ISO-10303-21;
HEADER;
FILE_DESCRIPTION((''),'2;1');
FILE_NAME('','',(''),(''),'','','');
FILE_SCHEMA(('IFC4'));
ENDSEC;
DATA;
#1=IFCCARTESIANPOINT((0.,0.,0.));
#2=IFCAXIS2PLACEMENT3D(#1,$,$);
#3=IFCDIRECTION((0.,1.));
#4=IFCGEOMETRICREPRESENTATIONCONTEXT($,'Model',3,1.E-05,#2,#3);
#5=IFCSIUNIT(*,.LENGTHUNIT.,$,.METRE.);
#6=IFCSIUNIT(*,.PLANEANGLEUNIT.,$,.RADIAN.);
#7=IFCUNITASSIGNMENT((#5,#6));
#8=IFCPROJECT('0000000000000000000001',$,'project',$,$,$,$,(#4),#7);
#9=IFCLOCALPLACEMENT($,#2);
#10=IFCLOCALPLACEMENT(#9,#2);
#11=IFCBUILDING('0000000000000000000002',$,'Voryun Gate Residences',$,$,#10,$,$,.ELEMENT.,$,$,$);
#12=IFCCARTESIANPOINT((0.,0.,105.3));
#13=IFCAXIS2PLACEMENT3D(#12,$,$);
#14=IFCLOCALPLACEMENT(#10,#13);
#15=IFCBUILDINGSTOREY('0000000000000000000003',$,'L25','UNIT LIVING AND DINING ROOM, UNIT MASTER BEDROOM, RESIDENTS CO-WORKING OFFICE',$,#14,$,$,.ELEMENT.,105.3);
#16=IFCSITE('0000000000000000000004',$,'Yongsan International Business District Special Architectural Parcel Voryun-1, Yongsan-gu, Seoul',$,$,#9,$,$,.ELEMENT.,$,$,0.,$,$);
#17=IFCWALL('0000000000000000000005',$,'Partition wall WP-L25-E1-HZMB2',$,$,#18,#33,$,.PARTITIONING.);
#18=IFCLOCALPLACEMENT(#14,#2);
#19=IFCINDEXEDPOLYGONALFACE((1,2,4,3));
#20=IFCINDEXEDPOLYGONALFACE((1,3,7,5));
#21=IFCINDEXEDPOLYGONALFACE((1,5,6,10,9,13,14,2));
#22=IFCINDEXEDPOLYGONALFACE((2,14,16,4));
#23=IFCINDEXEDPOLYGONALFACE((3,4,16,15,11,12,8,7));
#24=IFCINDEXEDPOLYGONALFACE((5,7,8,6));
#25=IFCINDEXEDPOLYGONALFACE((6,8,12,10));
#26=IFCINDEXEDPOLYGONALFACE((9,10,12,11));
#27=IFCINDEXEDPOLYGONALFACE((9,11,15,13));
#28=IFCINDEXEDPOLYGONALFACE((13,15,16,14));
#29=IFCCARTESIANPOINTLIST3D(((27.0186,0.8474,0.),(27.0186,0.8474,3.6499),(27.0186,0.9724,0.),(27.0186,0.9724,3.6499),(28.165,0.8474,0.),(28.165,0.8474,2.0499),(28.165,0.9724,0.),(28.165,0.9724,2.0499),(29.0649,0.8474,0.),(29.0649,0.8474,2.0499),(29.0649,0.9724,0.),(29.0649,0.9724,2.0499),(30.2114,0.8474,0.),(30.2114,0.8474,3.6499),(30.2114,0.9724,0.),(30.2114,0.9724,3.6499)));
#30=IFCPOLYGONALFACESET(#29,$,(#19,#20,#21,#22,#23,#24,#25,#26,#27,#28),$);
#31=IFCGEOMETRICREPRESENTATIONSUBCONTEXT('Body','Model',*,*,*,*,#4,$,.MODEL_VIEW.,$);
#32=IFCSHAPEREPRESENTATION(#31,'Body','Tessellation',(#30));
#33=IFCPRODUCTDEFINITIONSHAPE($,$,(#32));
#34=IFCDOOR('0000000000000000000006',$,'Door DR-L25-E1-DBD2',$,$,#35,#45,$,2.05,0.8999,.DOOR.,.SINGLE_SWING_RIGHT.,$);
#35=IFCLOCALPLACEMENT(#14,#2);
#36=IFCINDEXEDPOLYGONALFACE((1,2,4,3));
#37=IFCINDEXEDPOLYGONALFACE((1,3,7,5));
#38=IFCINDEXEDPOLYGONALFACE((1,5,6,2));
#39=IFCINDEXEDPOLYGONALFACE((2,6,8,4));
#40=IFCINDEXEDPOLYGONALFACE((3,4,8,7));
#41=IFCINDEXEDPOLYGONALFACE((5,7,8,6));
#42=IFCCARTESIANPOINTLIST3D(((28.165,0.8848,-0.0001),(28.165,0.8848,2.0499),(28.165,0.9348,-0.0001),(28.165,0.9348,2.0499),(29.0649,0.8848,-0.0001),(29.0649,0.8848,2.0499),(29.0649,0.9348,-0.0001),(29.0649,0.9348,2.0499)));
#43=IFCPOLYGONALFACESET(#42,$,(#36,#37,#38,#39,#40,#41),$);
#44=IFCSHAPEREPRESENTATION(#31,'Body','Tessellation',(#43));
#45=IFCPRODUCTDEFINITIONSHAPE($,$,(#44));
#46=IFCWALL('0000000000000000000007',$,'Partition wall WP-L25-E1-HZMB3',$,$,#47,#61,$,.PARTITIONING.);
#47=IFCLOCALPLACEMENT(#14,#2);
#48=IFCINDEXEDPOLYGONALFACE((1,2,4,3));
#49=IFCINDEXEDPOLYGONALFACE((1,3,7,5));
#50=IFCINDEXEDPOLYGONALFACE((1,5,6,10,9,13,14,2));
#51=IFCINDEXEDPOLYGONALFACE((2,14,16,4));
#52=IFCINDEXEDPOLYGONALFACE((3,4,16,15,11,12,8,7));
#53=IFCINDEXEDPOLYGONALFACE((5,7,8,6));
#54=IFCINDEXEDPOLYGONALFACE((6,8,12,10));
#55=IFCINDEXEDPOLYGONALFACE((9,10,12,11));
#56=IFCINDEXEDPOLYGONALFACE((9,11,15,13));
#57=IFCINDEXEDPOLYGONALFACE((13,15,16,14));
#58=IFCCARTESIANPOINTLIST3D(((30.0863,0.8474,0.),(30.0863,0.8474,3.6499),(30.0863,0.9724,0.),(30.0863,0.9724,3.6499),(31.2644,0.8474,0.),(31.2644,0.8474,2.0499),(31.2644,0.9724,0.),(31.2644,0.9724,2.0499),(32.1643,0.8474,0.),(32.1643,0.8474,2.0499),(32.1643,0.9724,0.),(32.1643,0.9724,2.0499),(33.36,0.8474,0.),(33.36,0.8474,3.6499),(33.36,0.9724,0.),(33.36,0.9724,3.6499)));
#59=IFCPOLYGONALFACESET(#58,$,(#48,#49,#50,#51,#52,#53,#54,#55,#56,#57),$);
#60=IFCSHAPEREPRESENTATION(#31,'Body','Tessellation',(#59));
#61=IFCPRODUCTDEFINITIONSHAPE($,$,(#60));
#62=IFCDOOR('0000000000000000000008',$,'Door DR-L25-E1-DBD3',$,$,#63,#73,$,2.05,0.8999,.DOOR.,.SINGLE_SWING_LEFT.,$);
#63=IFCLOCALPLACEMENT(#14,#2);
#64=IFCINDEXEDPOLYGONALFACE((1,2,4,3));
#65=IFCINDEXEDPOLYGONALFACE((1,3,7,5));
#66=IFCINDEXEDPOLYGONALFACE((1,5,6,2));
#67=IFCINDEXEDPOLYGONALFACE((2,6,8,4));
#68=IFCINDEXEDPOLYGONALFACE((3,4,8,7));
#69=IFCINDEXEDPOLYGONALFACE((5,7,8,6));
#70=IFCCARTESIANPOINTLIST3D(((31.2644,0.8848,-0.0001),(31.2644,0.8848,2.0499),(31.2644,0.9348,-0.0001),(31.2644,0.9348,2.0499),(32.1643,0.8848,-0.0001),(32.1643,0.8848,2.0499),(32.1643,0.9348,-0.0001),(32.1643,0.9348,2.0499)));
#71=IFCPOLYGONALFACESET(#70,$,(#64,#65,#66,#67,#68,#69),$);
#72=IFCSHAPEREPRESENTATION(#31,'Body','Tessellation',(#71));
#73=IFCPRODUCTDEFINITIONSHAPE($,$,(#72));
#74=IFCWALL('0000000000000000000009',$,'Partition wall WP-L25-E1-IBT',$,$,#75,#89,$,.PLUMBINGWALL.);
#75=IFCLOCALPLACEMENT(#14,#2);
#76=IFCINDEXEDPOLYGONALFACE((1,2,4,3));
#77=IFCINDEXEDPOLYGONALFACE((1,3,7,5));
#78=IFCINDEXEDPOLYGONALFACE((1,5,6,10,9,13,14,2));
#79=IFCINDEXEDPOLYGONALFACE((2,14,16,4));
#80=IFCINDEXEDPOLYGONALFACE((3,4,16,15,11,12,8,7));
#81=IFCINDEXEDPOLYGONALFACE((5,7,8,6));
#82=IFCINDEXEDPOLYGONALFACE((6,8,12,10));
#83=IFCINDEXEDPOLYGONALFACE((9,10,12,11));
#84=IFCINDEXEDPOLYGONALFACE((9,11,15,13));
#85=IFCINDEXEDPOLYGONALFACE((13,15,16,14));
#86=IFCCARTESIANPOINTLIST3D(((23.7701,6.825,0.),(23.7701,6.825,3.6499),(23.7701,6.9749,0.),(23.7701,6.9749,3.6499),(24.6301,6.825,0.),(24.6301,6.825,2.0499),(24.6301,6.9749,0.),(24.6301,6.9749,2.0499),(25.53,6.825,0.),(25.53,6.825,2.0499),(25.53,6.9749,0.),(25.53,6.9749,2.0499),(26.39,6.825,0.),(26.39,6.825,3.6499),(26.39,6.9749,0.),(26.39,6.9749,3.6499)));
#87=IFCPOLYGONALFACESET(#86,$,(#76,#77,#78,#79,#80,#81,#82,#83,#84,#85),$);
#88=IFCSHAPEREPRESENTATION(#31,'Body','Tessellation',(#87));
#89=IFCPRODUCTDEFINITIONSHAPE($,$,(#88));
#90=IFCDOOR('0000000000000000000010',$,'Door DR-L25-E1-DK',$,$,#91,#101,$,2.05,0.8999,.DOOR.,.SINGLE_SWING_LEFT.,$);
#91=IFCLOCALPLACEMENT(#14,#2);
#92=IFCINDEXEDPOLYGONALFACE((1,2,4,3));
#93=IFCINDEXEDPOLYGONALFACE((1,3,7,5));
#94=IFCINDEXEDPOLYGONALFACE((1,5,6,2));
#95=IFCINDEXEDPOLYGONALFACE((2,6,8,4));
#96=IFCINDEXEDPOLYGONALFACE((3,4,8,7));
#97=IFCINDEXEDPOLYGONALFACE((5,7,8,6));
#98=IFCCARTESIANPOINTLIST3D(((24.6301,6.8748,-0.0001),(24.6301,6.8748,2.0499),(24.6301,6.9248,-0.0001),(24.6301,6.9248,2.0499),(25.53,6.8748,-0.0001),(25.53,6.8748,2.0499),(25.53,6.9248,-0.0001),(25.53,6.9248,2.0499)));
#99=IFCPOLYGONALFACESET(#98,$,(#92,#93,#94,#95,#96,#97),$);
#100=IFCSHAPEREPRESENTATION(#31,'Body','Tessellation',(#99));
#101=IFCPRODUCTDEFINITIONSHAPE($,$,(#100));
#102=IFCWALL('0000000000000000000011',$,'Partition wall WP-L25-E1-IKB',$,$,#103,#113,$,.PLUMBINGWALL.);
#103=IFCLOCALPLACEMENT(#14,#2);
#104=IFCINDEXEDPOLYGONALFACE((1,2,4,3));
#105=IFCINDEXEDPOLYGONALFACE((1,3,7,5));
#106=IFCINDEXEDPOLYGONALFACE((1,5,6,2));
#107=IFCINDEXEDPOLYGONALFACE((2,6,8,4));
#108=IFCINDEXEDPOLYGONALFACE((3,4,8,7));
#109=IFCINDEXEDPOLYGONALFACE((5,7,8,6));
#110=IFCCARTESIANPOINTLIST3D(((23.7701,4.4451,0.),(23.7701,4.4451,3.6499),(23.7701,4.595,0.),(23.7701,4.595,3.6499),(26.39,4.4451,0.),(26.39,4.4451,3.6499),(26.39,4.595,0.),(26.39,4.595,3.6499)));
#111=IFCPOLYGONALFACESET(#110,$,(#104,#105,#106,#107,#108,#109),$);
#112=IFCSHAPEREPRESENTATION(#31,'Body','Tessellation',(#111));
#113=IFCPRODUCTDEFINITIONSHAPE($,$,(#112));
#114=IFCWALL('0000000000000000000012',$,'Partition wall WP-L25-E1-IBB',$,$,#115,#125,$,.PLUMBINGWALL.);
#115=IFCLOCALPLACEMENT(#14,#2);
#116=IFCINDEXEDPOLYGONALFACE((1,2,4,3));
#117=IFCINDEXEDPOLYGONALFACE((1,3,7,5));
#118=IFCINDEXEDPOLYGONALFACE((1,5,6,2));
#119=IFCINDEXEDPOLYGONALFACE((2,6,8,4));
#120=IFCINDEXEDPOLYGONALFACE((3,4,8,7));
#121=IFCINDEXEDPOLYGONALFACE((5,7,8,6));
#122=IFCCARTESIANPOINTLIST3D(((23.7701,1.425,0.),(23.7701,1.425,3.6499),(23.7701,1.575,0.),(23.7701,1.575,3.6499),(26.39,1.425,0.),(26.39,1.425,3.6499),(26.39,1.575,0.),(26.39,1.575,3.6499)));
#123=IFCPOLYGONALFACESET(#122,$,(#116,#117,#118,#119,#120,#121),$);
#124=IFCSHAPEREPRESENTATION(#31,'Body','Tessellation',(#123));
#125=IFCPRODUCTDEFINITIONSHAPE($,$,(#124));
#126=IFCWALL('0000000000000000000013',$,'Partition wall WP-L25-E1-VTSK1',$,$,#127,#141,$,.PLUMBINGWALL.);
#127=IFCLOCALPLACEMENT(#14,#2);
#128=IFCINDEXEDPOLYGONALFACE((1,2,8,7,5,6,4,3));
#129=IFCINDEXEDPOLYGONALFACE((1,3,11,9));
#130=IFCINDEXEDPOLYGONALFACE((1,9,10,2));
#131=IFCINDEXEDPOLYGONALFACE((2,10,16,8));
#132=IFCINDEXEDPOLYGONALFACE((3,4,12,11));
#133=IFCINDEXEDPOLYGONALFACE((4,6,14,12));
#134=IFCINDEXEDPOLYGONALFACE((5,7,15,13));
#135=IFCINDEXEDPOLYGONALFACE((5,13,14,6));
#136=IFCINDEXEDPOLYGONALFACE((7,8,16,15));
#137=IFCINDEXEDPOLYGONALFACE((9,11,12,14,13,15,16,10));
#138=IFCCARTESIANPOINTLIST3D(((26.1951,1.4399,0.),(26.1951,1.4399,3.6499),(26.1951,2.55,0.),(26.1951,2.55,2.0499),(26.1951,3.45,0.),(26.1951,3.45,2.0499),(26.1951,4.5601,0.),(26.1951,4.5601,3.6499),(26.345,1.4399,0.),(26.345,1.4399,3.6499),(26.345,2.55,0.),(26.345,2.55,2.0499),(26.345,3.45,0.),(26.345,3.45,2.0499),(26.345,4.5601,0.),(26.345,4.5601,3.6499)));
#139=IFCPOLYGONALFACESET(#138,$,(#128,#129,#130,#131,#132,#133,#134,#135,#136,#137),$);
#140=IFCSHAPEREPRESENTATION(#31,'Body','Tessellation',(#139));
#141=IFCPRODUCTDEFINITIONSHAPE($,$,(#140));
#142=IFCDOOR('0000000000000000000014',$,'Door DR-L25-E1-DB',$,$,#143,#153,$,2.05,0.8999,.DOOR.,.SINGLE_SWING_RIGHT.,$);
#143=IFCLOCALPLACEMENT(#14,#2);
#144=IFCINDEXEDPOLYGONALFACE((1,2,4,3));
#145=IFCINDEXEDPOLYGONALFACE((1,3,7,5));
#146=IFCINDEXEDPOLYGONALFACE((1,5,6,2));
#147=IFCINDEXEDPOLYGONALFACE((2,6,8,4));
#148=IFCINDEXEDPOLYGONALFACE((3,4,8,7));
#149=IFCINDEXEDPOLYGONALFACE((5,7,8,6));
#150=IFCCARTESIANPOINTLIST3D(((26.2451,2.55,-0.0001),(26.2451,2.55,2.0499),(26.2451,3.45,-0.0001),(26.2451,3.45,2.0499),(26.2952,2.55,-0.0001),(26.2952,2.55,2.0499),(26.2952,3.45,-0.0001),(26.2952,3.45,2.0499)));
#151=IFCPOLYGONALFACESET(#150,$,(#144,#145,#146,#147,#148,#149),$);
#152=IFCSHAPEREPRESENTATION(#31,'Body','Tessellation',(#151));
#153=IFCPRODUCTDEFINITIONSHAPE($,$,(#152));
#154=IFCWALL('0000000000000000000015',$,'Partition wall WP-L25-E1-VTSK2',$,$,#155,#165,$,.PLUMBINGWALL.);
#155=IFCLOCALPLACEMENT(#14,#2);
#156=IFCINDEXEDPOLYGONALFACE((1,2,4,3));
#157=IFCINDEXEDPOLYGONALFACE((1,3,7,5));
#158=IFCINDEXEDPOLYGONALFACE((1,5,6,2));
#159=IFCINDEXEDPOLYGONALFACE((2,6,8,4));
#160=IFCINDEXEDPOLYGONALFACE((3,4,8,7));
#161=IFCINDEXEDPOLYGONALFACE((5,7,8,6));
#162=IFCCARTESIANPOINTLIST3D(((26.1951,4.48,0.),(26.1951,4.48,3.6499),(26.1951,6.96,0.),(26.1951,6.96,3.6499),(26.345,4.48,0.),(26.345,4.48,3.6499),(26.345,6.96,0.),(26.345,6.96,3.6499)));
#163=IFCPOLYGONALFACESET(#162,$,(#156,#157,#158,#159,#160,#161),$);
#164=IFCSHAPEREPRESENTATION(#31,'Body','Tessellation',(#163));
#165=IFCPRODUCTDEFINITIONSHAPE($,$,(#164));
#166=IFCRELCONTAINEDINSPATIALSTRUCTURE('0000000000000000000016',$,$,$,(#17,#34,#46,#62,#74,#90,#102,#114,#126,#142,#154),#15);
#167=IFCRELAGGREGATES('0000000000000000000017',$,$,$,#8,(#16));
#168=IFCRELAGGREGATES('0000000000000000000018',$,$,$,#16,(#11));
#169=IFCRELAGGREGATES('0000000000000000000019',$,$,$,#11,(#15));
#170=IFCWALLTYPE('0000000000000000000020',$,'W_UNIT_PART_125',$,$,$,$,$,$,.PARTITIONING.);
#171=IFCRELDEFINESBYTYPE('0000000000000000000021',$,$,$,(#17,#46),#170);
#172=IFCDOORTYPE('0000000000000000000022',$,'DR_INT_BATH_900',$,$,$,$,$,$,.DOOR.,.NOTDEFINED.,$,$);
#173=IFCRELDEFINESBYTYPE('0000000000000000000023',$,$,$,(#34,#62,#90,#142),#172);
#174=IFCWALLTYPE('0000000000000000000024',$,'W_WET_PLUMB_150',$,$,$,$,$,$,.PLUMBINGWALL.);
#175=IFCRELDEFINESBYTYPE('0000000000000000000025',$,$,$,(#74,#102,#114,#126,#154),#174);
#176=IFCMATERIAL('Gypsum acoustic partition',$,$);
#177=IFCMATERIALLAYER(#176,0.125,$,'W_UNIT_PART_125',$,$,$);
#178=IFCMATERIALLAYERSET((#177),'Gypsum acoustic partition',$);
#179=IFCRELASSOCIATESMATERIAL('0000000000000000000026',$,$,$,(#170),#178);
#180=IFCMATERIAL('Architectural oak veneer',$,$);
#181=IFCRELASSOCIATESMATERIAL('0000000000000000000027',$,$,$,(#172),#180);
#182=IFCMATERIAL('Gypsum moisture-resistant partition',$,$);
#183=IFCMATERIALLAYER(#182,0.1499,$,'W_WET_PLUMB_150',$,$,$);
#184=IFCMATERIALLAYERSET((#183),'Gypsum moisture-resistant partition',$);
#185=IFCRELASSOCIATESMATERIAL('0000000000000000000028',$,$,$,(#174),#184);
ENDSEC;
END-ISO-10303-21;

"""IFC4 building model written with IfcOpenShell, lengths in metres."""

from ifc_helpers import new_model, si_unit, direction, frame, frame_2d, origin, place, context, subcontext, project, spatial, rectangle, extrude, material, layer, layer_set, type_object, element, fill, save


model = new_model("IFC4")

# Units and contexts
model_context = context("Model", 3, precision=1e-05, world=origin(), true_north=direction((0.0, 1.0)))
body_context = subcontext(model_context, "Body", "Model", "MODEL_VIEW")
ifc_project = project(units=[si_unit("LENGTHUNIT", "METRE"), si_unit("PLANEANGLEUNIT", "RADIAN")], contexts=[model_context])

# Site, building, storey
site_placement = place(None, origin())
site = spatial("IfcSite", under=ifc_project, at=site_placement, Name="Yongsan International Business District Special Architectural Parcel Voryun-1, Yongsan-gu, Seoul", CompositionType="ELEMENT", RefElevation=0.0)
building_placement = place(site_placement, origin())
building = spatial("IfcBuilding", under=site, at=building_placement, Name="Voryun Gate Residences", CompositionType="ELEMENT")
storey_placement = place(building_placement, frame((0.0, 0.0, 105.3)))
storey = spatial("IfcBuildingStorey", under=building, at=storey_placement, Name="L25", Description="UNIT LIVING AND DINING ROOM, UNIT MASTER BEDROOM, RESIDENTS CO-WORKING OFFICE", CompositionType="ELEMENT", Elevation=105.3)

# Walls, openings, doors
ifc_material_1 = material(Name="Gypsum acoustic partition")
ifc_layer_1 = layer(ifc_material_1, 0.125, Name="W_UNIT_PART_125")
ifc_layer_set_1 = layer_set([ifc_layer_1], Name="Gypsum acoustic partition")
wall_type_1 = type_object("IfcWallType", Name="W_UNIT_PART_125", PredefinedType="PARTITIONING", material=ifc_layer_set_1)
ifc_material_2 = material(Name="Architectural oak veneer")
door_type_1 = type_object("IfcDoorType", Name="DR_INT_BATH_900", OperationType="NOTDEFINED", PredefinedType="DOOR", material=ifc_material_2)
wall_1_placement = place(storey_placement, frame((27.0186, 0.9099, 0.0), z_axis=(0.0, 0.0, 1.0), x_axis=(1.0, 0.0, 0.0)))
wall_1 = element("IfcWall", 1, at=wall_1_placement, inside=storey, type_object=wall_type_1, Name="Partition wall WP-L25-E1-HZMB2", PredefinedType="PARTITIONING", context=body_context, shape_type="SweptSolid", body=[
    extrude(rectangle(XDim=3.1929, YDim=0.125, at=frame_2d((1.5964, 0.0))), origin(), (0.0, 0.0, 1.0), 3.6499),
])
opening_1_placement = place(wall_1_placement, frame((1.1465, 0.0, 0.0)))
opening_1 = element("IfcOpeningElement", 2, at=opening_1_placement, cuts=wall_1, PredefinedType="OPENING", context=body_context, shape_type="SweptSolid", body=[
    extrude(rectangle(XDim=0.8999, YDim=2.05, at=frame_2d((0.45, 1.0249))), frame((0.0, 0.0725, 0.0), z_axis=(0.0, -1.0, 0.0), x_axis=(1.0, 0.0, 0.0)), (0.0, 0.0, 1.0), 0.145),
])
door_1_placement = place(opening_1_placement, origin())
door_1 = element("IfcDoor", 3, at=door_1_placement, inside=storey, type_object=door_type_1, Name="Door DR-L25-E1-DBD2", OperationType="SINGLE_SWING_RIGHT", OverallHeight=2.05, OverallWidth=0.8999, PredefinedType="DOOR", context=body_context, shape_type="SweptSolid", body=[
    extrude(rectangle(XDim=0.8999, YDim=2.05, at=frame_2d((0.45, 1.0249))), frame((0.0, 0.0249, 0.0), z_axis=(0.0, -1.0, 0.0), x_axis=(1.0, 0.0, 0.0)), (0.0, 0.0, 1.0), 0.05),
])
fill(opening_1, door_1)
wall_2_placement = place(storey_placement, frame((30.0864, 0.9099, 0.0), z_axis=(0.0, 0.0, 1.0), x_axis=(1.0, 0.0, 0.0)))
wall_2 = element("IfcWall", 4, at=wall_2_placement, inside=storey, type_object=wall_type_1, Name="Partition wall WP-L25-E1-HZMB3", PredefinedType="PARTITIONING", context=body_context, shape_type="SweptSolid", body=[
    extrude(rectangle(XDim=3.2737, YDim=0.125, at=frame_2d((1.6367, 0.0))), origin(), (0.0, 0.0, 1.0), 3.6499),
])
opening_2_placement = place(wall_2_placement, frame((1.178, 0.0, 0.0)))
opening_2 = element("IfcOpeningElement", 5, at=opening_2_placement, cuts=wall_2, PredefinedType="OPENING", context=body_context, shape_type="SweptSolid", body=[
    extrude(rectangle(XDim=0.8999, YDim=2.05, at=frame_2d((0.45, 1.0249))), frame((0.0, 0.0725, 0.0), z_axis=(0.0, -1.0, 0.0), x_axis=(1.0, 0.0, 0.0)), (0.0, 0.0, 1.0), 0.145),
])
door_2_placement = place(opening_2_placement, origin())
door_2 = element("IfcDoor", 6, at=door_2_placement, inside=storey, type_object=door_type_1, Name="Door DR-L25-E1-DBD3", OperationType="SINGLE_SWING_LEFT", OverallHeight=2.05, OverallWidth=0.8999, PredefinedType="DOOR", context=body_context, shape_type="SweptSolid", body=[
    extrude(rectangle(XDim=0.8999, YDim=2.05, at=frame_2d((0.45, 1.0249))), frame((0.0, 0.0249, 0.0), z_axis=(0.0, -1.0, 0.0), x_axis=(1.0, 0.0, 0.0)), (0.0, 0.0, 1.0), 0.05),
])
fill(opening_2, door_2)
ifc_material_3 = material(Name="Gypsum moisture-resistant partition")
ifc_layer_2 = layer(ifc_material_3, 0.1499, Name="W_WET_PLUMB_150")
ifc_layer_set_2 = layer_set([ifc_layer_2], Name="Gypsum moisture-resistant partition")
wall_type_2 = type_object("IfcWallType", Name="W_WET_PLUMB_150", PredefinedType="PLUMBINGWALL", material=ifc_layer_set_2)
wall_3_placement = place(storey_placement, frame((23.77, 6.8999, 0.0), z_axis=(0.0, 0.0, 1.0), x_axis=(1.0, 0.0, 0.0)))
wall_3 = element("IfcWall", 7, at=wall_3_placement, inside=storey, type_object=wall_type_2, Name="Partition wall WP-L25-E1-IBT", PredefinedType="PLUMBINGWALL", context=body_context, shape_type="SweptSolid", body=[
    extrude(rectangle(XDim=2.6199, YDim=0.1499, at=frame_2d((1.3101, 0.0))), origin(), (0.0, 0.0, 1.0), 3.6499),
])
opening_3_placement = place(wall_3_placement, frame((0.8601, 0.0, 0.0)))
opening_3 = element("IfcOpeningElement", 8, at=opening_3_placement, cuts=wall_3, PredefinedType="OPENING", context=body_context, shape_type="SweptSolid", body=[
    extrude(rectangle(XDim=0.8999, YDim=2.05, at=frame_2d((0.45, 1.0249))), frame((0.0, 0.085, 0.0), z_axis=(0.0, -1.0, 0.0), x_axis=(1.0, 0.0, 0.0)), (0.0, 0.0, 1.0), 0.1699),
])
door_3_placement = place(opening_3_placement, origin())
door_3 = element("IfcDoor", 9, at=door_3_placement, inside=storey, type_object=door_type_1, Name="Door DR-L25-E1-DK", OperationType="SINGLE_SWING_LEFT", OverallHeight=2.05, OverallWidth=0.8999, PredefinedType="DOOR", context=body_context, shape_type="SweptSolid", body=[
    extrude(rectangle(XDim=0.8999, YDim=2.05, at=frame_2d((0.45, 1.0249))), frame((0.0, 0.0249, 0.0), z_axis=(0.0, -1.0, 0.0), x_axis=(1.0, 0.0, 0.0)), (0.0, 0.0, 1.0), 0.05),
])
fill(opening_3, door_3)

# Walls
for number, where, z_axis, x_axis, name in (
    (10, (23.77, 4.52, 0.0), (0.0, 0.0, 1.0), (1.0, 0.0, 0.0), "Partition wall WP-L25-E1-IKB"),
    (11, (23.77, 1.5, 0.0), (0.0, 0.0, 1.0), (1.0, 0.0, 0.0), "Partition wall WP-L25-E1-IBB"),
):
    element("IfcWall", number, at=place(storey_placement, frame(where, z_axis=z_axis, x_axis=x_axis)), inside=storey, type_object=wall_type_2, Name=name, PredefinedType="PLUMBINGWALL", context=body_context, shape_type="SweptSolid", body=[
        extrude(rectangle(XDim=2.6199, YDim=0.1499, at=frame_2d((1.3101, 0.0))), origin(), (0.0, 0.0, 1.0), 3.6499),
    ])

# Wall, opening, door
wall_4_placement = place(storey_placement, frame((26.27, 1.4399, 0.0), z_axis=(0.0, 0.0, 1.0), x_axis=(0.0, 1.0, 0.0)))
wall_4 = element("IfcWall", 12, at=wall_4_placement, inside=storey, type_object=wall_type_2, Name="Partition wall WP-L25-E1-VTSK1", PredefinedType="PLUMBINGWALL", context=body_context, shape_type="SweptSolid", body=[
    extrude(rectangle(XDim=3.1201, YDim=0.1499, at=frame_2d((1.5601, 0.0))), origin(), (0.0, 0.0, 1.0), 3.6499),
])
opening_4_placement = place(wall_4_placement, frame((1.1101, 0.0, 0.0)))
opening_4 = element("IfcOpeningElement", 13, at=opening_4_placement, cuts=wall_4, PredefinedType="OPENING", context=body_context, shape_type="SweptSolid", body=[
    extrude(rectangle(XDim=0.8999, YDim=2.05, at=frame_2d((0.45, 1.0249))), frame((0.0, 0.085, 0.0), z_axis=(0.0, -1.0, 0.0), x_axis=(1.0, 0.0, 0.0)), (0.0, 0.0, 1.0), 0.1699),
])
door_4_placement = place(opening_4_placement, origin())
door_4 = element("IfcDoor", 14, at=door_4_placement, inside=storey, type_object=door_type_1, Name="Door DR-L25-E1-DB", OperationType="SINGLE_SWING_RIGHT", OverallHeight=2.05, OverallWidth=0.8999, PredefinedType="DOOR", context=body_context, shape_type="SweptSolid", body=[
    extrude(rectangle(XDim=0.8999, YDim=2.05, at=frame_2d((0.45, 1.0249))), frame((0.0, 0.0249, 0.0), z_axis=(0.0, -1.0, 0.0), x_axis=(1.0, 0.0, 0.0)), (0.0, 0.0, 1.0), 0.05),
])
fill(opening_4, door_4)

# Wall
wall_5_placement = place(storey_placement, frame((26.27, 4.48, 0.0), z_axis=(0.0, 0.0, 1.0), x_axis=(0.0, 1.0, 0.0)))
element("IfcWall", 15, at=wall_5_placement, inside=storey, type_object=wall_type_2, Name="Partition wall WP-L25-E1-VTSK2", PredefinedType="PLUMBINGWALL", context=body_context, shape_type="SweptSolid", body=[
    extrude(rectangle(XDim=2.48, YDim=0.1499, at=frame_2d((1.24, 0.0))), origin(), (0.0, 0.0, 1.0), 3.6499),
])

save(model, "model.ifc")
